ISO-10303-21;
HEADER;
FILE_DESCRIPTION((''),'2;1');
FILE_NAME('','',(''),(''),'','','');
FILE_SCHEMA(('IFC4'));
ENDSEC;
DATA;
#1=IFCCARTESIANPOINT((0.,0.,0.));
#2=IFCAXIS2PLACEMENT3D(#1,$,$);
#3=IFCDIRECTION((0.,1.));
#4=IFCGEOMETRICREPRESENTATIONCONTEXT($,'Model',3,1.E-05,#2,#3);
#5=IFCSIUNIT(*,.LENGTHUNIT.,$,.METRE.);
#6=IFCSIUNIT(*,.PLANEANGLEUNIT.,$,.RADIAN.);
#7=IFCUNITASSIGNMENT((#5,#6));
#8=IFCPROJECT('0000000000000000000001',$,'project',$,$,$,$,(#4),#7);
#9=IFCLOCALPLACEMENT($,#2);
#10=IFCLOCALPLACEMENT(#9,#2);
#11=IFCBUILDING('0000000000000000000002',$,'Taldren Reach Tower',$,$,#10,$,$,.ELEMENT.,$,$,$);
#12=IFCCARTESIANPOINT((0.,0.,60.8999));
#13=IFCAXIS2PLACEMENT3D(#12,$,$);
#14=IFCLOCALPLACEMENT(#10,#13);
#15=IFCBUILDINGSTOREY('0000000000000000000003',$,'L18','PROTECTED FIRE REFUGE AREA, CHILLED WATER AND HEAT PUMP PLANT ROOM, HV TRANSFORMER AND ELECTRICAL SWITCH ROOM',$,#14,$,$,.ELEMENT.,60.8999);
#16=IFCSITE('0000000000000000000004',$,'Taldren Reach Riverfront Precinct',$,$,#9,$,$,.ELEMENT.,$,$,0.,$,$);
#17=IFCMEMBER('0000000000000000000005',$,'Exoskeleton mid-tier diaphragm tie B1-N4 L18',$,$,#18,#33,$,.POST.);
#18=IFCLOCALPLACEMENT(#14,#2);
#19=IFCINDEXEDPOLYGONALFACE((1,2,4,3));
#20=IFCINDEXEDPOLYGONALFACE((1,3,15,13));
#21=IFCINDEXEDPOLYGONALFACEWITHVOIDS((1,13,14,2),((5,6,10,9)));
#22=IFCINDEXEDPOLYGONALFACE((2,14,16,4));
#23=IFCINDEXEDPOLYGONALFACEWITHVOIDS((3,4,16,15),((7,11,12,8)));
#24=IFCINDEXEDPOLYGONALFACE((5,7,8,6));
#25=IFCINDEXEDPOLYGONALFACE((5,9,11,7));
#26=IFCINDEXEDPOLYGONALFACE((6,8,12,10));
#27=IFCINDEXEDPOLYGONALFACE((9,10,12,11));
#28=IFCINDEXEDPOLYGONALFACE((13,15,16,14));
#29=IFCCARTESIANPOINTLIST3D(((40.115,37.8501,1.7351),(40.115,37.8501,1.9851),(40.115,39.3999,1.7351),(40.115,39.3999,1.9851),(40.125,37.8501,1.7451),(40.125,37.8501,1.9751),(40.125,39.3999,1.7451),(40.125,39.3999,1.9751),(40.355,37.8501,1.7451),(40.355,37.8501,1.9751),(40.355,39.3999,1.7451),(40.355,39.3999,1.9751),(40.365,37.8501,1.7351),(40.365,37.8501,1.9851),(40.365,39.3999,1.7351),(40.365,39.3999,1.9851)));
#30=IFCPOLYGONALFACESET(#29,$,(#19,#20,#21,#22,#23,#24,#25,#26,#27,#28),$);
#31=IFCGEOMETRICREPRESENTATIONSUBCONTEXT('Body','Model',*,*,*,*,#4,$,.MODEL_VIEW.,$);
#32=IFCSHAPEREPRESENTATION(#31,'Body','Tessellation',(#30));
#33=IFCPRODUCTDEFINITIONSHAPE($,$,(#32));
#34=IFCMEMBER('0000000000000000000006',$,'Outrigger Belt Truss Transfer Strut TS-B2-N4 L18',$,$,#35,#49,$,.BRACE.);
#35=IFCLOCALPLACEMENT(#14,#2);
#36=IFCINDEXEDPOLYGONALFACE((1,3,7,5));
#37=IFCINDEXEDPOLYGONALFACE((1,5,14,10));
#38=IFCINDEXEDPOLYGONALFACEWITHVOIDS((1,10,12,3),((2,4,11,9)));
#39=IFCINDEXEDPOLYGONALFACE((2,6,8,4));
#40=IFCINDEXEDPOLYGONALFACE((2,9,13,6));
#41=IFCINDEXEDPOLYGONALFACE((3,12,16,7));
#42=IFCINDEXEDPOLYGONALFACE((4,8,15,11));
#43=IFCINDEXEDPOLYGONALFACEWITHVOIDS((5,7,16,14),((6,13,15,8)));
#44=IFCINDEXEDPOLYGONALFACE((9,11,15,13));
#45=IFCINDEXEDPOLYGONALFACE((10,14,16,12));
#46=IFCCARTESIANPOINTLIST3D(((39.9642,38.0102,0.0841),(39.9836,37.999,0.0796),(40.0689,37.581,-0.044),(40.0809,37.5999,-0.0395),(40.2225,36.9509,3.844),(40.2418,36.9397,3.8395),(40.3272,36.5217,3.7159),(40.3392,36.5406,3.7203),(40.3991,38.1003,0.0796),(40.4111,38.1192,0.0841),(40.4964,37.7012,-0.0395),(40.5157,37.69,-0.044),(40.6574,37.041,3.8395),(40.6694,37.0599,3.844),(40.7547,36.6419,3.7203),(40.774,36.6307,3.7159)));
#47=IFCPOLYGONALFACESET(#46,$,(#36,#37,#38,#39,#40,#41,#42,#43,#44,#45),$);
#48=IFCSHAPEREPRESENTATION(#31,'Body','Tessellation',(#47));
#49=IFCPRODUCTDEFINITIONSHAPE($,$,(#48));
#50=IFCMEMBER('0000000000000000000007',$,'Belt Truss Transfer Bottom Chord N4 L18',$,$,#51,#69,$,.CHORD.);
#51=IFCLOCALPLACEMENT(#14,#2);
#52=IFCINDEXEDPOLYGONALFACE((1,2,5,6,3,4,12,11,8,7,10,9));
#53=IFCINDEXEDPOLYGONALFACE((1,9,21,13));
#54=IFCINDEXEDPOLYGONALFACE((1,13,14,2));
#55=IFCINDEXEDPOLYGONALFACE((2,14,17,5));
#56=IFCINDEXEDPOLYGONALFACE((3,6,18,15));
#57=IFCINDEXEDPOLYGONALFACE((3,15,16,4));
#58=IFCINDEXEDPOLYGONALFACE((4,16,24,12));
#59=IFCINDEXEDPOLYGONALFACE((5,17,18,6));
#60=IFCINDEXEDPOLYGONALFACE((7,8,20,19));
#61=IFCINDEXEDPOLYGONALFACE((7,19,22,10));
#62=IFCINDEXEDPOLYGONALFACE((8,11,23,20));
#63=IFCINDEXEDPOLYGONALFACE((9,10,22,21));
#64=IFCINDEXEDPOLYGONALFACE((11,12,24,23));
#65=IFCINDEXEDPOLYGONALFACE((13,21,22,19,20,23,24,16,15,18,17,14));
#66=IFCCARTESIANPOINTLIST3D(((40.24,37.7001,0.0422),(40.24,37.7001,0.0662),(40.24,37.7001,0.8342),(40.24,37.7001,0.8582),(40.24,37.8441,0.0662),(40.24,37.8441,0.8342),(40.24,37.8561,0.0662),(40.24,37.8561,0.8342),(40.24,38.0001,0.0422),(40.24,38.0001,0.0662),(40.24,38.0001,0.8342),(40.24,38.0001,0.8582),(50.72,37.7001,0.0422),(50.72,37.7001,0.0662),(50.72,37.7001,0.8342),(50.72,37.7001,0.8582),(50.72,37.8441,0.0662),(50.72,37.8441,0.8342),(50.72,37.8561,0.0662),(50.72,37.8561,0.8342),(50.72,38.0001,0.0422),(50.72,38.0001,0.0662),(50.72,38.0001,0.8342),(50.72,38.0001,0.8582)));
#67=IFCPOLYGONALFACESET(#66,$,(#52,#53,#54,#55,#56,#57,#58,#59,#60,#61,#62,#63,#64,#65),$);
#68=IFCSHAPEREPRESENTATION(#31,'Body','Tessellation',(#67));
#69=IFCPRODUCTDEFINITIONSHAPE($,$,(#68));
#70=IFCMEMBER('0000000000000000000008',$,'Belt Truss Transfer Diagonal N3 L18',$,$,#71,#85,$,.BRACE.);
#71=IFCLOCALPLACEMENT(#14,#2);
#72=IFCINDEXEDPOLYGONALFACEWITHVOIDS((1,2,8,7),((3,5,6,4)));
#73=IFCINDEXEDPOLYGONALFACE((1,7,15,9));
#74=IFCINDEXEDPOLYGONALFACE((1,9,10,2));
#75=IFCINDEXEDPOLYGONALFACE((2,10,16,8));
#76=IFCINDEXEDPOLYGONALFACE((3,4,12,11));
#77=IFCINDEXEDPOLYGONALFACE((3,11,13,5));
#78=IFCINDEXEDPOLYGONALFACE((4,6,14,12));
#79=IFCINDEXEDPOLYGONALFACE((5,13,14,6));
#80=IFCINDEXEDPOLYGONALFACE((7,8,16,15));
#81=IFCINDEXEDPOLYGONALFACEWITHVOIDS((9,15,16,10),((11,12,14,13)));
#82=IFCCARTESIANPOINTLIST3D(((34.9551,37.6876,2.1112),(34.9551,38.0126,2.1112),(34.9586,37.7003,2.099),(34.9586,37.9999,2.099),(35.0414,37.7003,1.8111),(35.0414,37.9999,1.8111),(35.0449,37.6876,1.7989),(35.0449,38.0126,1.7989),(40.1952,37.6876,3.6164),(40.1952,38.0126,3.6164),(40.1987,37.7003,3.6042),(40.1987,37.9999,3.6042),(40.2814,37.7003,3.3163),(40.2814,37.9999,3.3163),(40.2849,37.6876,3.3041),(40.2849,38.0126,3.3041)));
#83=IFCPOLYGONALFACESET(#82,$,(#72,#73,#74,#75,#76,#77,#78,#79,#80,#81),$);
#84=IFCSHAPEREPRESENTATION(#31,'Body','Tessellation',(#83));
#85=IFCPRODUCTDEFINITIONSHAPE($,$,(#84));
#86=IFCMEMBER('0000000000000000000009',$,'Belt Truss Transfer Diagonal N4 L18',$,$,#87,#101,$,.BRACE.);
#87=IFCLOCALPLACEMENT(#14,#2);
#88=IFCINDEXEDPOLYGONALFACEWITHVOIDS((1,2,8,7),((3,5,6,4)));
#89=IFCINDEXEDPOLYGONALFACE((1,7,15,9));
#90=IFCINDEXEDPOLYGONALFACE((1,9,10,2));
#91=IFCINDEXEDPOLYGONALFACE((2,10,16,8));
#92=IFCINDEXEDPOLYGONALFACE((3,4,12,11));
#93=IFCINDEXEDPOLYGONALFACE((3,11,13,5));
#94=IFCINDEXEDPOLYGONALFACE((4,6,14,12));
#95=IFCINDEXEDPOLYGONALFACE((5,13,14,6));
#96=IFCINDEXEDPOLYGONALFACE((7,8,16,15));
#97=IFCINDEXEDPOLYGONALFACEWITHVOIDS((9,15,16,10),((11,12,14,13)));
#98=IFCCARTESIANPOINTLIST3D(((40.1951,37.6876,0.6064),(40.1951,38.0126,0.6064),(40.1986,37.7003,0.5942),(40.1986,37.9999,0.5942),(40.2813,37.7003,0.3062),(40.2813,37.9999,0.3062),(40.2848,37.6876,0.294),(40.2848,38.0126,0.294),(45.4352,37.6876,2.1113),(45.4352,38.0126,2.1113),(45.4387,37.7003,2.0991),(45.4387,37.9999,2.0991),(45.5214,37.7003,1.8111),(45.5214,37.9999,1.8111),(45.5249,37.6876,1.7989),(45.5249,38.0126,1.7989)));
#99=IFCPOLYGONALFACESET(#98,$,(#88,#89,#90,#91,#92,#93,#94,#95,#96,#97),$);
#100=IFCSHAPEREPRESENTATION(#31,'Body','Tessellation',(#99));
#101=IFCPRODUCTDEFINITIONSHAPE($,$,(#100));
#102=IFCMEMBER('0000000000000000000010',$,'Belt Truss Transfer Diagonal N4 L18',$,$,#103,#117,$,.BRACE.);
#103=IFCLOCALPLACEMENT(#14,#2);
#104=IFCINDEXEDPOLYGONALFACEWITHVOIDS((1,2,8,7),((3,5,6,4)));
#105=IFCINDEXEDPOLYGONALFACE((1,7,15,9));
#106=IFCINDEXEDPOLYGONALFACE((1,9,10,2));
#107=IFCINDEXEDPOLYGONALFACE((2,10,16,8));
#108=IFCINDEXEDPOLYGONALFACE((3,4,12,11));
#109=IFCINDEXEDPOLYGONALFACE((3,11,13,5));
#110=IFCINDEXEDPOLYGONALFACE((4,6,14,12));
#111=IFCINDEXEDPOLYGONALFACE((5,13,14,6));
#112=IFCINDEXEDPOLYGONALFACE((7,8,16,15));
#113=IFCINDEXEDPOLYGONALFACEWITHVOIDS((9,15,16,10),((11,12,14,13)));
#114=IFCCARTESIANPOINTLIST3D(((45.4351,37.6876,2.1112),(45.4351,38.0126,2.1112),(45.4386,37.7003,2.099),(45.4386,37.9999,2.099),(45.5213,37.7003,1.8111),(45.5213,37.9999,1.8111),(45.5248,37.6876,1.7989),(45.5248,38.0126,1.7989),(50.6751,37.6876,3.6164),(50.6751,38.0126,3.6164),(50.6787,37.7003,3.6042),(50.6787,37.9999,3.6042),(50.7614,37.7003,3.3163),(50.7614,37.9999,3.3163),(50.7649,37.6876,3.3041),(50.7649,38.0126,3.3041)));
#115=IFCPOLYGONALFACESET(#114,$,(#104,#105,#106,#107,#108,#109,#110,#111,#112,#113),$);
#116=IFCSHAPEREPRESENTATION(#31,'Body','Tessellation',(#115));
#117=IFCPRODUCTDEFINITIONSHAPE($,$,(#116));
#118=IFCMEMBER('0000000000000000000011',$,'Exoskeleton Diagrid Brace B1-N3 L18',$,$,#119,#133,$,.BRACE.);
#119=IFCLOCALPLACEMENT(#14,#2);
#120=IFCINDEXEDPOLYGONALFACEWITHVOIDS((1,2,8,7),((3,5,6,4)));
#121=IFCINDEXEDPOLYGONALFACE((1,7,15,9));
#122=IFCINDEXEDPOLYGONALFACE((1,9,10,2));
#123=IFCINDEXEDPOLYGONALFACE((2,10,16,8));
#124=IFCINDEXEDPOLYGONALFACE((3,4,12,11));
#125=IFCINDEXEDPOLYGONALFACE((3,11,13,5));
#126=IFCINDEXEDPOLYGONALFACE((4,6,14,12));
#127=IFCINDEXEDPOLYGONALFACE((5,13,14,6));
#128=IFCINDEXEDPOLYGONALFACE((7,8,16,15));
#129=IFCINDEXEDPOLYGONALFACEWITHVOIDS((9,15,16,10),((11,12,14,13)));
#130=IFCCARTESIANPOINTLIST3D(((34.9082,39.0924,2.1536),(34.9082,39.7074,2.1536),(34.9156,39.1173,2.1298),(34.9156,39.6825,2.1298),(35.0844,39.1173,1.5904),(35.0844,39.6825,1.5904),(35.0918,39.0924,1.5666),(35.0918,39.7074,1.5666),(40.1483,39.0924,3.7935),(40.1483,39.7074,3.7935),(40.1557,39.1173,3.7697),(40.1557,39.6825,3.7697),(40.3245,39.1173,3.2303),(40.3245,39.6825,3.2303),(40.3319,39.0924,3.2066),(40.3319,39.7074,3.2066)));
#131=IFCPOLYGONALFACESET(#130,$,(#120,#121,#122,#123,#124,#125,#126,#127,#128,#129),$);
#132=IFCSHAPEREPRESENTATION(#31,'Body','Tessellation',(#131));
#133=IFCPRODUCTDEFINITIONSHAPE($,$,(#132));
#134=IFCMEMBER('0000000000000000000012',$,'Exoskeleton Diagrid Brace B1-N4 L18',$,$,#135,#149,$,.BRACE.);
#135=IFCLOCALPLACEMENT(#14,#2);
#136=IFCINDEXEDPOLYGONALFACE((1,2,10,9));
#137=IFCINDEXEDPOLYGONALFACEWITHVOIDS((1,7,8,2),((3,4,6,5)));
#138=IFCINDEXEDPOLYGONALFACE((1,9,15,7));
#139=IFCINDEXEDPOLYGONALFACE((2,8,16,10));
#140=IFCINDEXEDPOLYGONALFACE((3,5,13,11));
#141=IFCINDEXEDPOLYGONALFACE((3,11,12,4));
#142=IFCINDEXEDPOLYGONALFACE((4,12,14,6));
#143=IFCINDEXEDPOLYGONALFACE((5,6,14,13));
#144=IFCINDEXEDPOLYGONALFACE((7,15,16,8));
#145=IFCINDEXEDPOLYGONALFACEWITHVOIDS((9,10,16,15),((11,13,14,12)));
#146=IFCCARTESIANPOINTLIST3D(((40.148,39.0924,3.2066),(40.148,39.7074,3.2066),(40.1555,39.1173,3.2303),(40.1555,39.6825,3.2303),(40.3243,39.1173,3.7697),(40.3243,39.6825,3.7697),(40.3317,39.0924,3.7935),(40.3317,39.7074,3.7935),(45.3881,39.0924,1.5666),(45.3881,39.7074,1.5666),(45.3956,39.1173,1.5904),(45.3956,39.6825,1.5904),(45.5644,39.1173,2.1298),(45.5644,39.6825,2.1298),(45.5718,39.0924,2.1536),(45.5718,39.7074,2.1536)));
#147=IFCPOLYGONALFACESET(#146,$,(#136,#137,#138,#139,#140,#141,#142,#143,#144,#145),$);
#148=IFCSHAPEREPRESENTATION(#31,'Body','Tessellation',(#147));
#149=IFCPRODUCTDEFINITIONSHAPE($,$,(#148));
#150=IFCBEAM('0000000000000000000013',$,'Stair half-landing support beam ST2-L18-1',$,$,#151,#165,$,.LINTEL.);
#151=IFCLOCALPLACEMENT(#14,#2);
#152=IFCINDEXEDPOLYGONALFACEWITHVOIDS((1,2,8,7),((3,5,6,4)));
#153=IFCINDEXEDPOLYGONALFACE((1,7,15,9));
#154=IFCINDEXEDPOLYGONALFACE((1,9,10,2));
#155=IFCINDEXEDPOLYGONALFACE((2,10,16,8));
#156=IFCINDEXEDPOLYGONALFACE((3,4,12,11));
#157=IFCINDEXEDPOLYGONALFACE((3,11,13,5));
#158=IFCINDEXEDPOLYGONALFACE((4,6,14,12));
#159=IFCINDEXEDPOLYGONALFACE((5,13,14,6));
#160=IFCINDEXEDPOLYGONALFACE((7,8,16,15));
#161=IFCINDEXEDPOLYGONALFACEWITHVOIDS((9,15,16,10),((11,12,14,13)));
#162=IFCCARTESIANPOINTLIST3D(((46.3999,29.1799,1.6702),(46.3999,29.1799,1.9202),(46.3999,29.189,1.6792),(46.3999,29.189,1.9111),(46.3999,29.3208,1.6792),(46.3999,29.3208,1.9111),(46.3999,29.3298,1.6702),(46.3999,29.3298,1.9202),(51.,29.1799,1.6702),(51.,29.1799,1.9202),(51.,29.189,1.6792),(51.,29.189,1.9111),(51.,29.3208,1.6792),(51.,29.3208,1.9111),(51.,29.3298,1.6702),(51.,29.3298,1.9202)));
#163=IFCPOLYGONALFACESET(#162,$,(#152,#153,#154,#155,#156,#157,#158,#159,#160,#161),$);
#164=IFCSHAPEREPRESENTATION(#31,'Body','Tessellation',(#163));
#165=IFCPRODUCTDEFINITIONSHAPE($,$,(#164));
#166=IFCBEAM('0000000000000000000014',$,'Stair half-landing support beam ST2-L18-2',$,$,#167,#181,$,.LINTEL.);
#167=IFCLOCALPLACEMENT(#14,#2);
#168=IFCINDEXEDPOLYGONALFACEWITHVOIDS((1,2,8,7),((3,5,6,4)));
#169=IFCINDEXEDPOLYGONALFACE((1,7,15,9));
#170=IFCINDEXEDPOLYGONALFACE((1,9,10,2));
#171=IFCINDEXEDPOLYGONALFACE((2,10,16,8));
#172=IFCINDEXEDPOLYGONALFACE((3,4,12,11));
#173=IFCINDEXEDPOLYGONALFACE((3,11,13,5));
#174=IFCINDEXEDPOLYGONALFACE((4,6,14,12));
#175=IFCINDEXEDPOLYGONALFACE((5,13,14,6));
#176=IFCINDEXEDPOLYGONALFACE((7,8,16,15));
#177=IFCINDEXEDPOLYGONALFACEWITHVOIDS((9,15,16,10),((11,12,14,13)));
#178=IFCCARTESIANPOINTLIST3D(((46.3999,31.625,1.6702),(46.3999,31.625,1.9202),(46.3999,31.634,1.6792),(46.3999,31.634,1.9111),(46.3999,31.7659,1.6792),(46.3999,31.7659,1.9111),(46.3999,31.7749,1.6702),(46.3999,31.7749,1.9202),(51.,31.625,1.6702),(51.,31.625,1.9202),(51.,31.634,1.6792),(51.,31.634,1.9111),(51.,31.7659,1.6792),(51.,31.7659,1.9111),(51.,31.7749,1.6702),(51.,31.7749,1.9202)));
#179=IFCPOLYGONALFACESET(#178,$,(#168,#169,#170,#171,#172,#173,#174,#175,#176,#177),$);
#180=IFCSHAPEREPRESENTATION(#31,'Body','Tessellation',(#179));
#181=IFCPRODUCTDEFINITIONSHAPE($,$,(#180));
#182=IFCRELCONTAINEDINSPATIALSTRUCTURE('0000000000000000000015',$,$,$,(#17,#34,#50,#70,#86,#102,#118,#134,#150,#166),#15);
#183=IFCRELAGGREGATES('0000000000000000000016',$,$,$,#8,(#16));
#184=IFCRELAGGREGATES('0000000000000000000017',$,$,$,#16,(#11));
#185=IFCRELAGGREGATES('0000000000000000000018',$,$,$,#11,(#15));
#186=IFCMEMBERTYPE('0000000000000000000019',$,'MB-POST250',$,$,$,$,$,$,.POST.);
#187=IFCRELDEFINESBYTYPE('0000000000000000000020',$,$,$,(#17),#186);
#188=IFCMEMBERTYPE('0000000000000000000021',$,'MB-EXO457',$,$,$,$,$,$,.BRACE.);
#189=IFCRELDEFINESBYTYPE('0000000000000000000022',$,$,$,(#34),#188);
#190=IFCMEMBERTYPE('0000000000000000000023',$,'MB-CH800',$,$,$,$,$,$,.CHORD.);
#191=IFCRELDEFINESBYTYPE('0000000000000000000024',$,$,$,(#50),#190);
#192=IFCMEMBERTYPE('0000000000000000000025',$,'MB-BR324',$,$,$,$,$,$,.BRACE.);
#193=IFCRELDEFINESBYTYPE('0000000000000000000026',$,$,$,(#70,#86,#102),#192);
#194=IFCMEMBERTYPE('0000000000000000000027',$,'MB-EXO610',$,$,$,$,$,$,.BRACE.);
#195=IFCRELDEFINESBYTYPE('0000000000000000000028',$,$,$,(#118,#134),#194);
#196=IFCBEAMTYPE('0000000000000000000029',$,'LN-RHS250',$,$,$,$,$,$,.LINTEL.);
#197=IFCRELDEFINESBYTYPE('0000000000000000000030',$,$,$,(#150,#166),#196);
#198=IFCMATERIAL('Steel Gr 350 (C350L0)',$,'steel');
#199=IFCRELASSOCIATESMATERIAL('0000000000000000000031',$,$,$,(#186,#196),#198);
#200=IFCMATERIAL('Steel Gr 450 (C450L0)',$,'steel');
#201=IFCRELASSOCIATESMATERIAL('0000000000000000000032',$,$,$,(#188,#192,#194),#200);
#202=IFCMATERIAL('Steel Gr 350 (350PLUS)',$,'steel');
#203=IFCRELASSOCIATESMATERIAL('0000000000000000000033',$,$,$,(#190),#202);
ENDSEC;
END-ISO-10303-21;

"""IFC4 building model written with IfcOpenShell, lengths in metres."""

from ifc_helpers import new_model, si_unit, direction, frame, origin, origin_2d, place, context, subcontext, project, spatial, hollow_rectangle, i_section, extrude, source, transform, mapped, material, material_profile, profile_set, type_object, element, save


model = new_model("IFC4")

# Units and contexts
model_context = context("Model", 3, precision=1e-05, world=origin(), true_north=direction((0.0, 1.0)))
body_context = subcontext(model_context, "Body", "Model", "MODEL_VIEW")
ifc_project = project(units=[si_unit("LENGTHUNIT", "METRE"), si_unit("PLANEANGLEUNIT", "RADIAN")], contexts=[model_context])

# Site, building, storey
site_placement = place(None, origin())
site = spatial("IfcSite", under=ifc_project, at=site_placement, Name="Taldren Reach Riverfront Precinct", CompositionType="ELEMENT", RefElevation=0.0)
building_placement = place(site_placement, origin())
building = spatial("IfcBuilding", under=site, at=building_placement, Name="Taldren Reach Tower", CompositionType="ELEMENT")
storey_placement = place(building_placement, frame((0.0, 0.0, 60.8999)))
storey = spatial("IfcBuildingStorey", under=building, at=storey_placement, Name="L18", Description="PROTECTED FIRE REFUGE AREA, CHILLED WATER AND HEAT PUMP PLANT ROOM, HV TRANSFORMER AND ELECTRICAL SWITCH ROOM", CompositionType="ELEMENT", Elevation=60.8999)

# Shared definitions
ifc_material_1 = material(Name="Steel Gr 350 (350PLUS)", Category="steel")

# Members
ifc_material_2 = material(Name="Steel Gr 450 (C450L0)", Category="steel")
ifc_material_3 = material(Name="Steel Gr 350 (C350L0)", Category="steel")
ifc_material_profile_1 = material_profile(ifc_material_3, hollow_rectangle(XDim=0.25, YDim=0.25, WallThickness=0.01, at=origin_2d()), Name="250x250x10.0SHS")
ifc_profile_set_1 = profile_set([ifc_material_profile_1], Name="Steel Gr 350 (C350L0)")
member_type_1 = type_object("IfcMemberType", Name="MB-POST250", PredefinedType="POST", material=ifc_profile_set_1)
shared_shape_1 = source(origin(), body_context, "Body", "SweptSolid", [
    extrude(hollow_rectangle(XDim=0.25, YDim=0.25, WallThickness=0.01, at=origin_2d()), origin(), (0.0, 0.0, 1.0), 1.5498),
])
for number, where, z_axis, x_axis, name in (
    (1, (40.24, 37.8501, 1.8601), (0.0, 1.0, 0.0), (-1.0, 0.0, 0.0), "Exoskeleton mid-tier diaphragm tie B1-N4 L18"),
):
    element("IfcMember", number, at=place(storey_placement, frame(where, z_axis=z_axis, x_axis=x_axis)), inside=storey, type_object=member_type_1, Name=name, PredefinedType="POST", context=body_context, shape_type="MappedRepresentation", body=[
        mapped(shared_shape_1, transform((0.0, 0.0, 0.0), scale=1.0)),
    ])
ifc_material_profile_2 = material_profile(ifc_material_2, hollow_rectangle(XDim=0.46, YDim=0.46, WallThickness=0.0161, at=origin_2d()), Name="460x460x16.0SHS")
ifc_profile_set_2 = profile_set([ifc_material_profile_2], Name="Steel Gr 450 (C450L0)")
member_type_2 = type_object("IfcMemberType", Name="MB-EXO457", PredefinedType="BRACE", material=ifc_profile_set_2)
shared_shape_2 = source(origin(), body_context, "Body", "SweptSolid", [
    extrude(hollow_rectangle(XDim=0.46, YDim=0.46, WallThickness=0.0161, at=origin_2d()), origin(), (0.0, 0.0, 1.0), 3.9148),
])
member_1_placement = place(storey_placement, frame((40.24, 37.8501, 0.02), z_axis=(0.065979, -0.270587, 0.960432), x_axis=(0.971535, 0.236894, 0.0)))
element("IfcMember", 2, at=member_1_placement, inside=storey, type_object=member_type_2, Name="Outrigger Belt Truss Transfer Strut TS-B2-N4 L18", PredefinedType="BRACE", context=body_context, shape_type="MappedRepresentation", body=[
    mapped(shared_shape_2, transform((0.0, 0.0, 0.0), scale=1.0)),
])
ifc_material_profile_3 = material_profile(ifc_material_1, i_section(OverallWidth=0.3, OverallDepth=0.8159, WebThickness=0.012, FlangeThickness=0.0239, at=origin_2d()), Name="800WB192")
ifc_profile_set_3 = profile_set([ifc_material_profile_3], Name="Steel Gr 350 (350PLUS)")
member_type_3 = type_object("IfcMemberType", Name="MB-CH800", PredefinedType="CHORD", material=ifc_profile_set_3)
shared_shape_3 = source(origin(), body_context, "Body", "SweptSolid", [
    extrude(i_section(OverallWidth=0.3, OverallDepth=0.8159, WebThickness=0.012, FlangeThickness=0.0239, at=origin_2d()), origin(), (0.0, 0.0, 1.0), 10.48),
])
member_2_placement = place(storey_placement, frame((40.24, 37.8501, 0.4502), z_axis=(1.0, 0.0, 0.0), x_axis=(0.0, 1.0, 0.0)))
element("IfcMember", 3, at=member_2_placement, inside=storey, type_object=member_type_3, Name="Belt Truss Transfer Bottom Chord N4 L18", PredefinedType="CHORD", context=body_context, shape_type="MappedRepresentation", body=[
    mapped(shared_shape_3, transform((0.0, 0.0, 0.0), scale=1.0)),
])
ifc_material_profile_4 = material_profile(ifc_material_2, hollow_rectangle(XDim=0.325, YDim=0.325, WallThickness=0.0127, at=origin_2d()), Name="325x325x12.7SHS")
ifc_profile_set_4 = profile_set([ifc_material_profile_4], Name="Steel Gr 450 (C450L0)")
member_type_4 = type_object("IfcMemberType", Name="MB-BR324", PredefinedType="BRACE", material=ifc_profile_set_4)
shared_shape_4 = source(origin(), body_context, "Body", "SweptSolid", [
    extrude(hollow_rectangle(XDim=0.325, YDim=0.325, WallThickness=0.0127, at=origin_2d()), origin(), (0.0, 0.0, 1.0), 5.4519),
])
for number, where, z_axis, x_axis, name in (
    (4, (35.0, 37.8501, 1.9551), (0.961136, 0.0, 0.276075), (0.0, 1.0, 0.0), "Belt Truss Transfer Diagonal N3 L18"),
    (5, (40.24, 37.8501, 0.4502), (0.961148, 0.0, 0.276034), (0.0, 1.0, 0.0), "Belt Truss Transfer Diagonal N4 L18"),
    (6, (45.48, 37.8501, 1.9551), (0.961136, 0.0, 0.276075), (0.0, 1.0, 0.0), "Belt Truss Transfer Diagonal N4 L18"),
):
    element("IfcMember", number, at=place(storey_placement, frame(where, z_axis=z_axis, x_axis=x_axis)), inside=storey, type_object=member_type_4, Name=name, PredefinedType="BRACE", context=body_context, shape_type="MappedRepresentation", body=[
        mapped(shared_shape_4, transform((0.0, 0.0, 0.0), scale=1.0)),
    ])
ifc_material_profile_5 = material_profile(ifc_material_2, hollow_rectangle(XDim=0.615, YDim=0.615, WallThickness=0.0249, at=origin_2d()), Name="615x615x25.0SHS")
ifc_profile_set_5 = profile_set([ifc_material_profile_5], Name="Steel Gr 450 (C450L0)")
member_type_5 = type_object("IfcMemberType", Name="MB-EXO610", PredefinedType="BRACE", material=ifc_profile_set_5)
shared_shape_5 = source(origin(), body_context, "Body", "SweptSolid", [
    extrude(hollow_rectangle(XDim=0.615, YDim=0.615, WallThickness=0.0249, at=origin_2d()), origin(), (0.0, 0.0, 1.0), 5.4907),
])
for number, where, z_axis, x_axis, name in (
    (7, (35.0, 39.3999, 1.8601), (0.954356, 0.0, 0.298672), (0.0, 1.0, 0.0), "Exoskeleton Diagrid Brace B1-N3 L18"),
    (8, (45.48, 39.3999, 1.8601), (-0.954356, 0.0, 0.298672), (0.0, -1.0, 0.0), "Exoskeleton Diagrid Brace B1-N4 L18"),
):
    element("IfcMember", number, at=place(storey_placement, frame(where, z_axis=z_axis, x_axis=x_axis)), inside=storey, type_object=member_type_5, Name=name, PredefinedType="BRACE", context=body_context, shape_type="MappedRepresentation", body=[
        mapped(shared_shape_5, transform((0.0, 0.0, 0.0), scale=1.0)),
    ])

# Beams
ifc_material_profile_6 = material_profile(ifc_material_3, hollow_rectangle(XDim=0.1499, YDim=0.25, WallThickness=0.009, at=origin_2d()), Name="250x150x9.0RHS")
ifc_profile_set_6 = profile_set([ifc_material_profile_6], Name="Steel Gr 350 (C350L0)")
beam_type_1 = type_object("IfcBeamType", Name="LN-RHS250", PredefinedType="LINTEL", material=ifc_profile_set_6)
shared_shape_6 = source(origin(), body_context, "Body", "SweptSolid", [
    extrude(hollow_rectangle(XDim=0.1499, YDim=0.25, WallThickness=0.009, at=origin_2d()), origin(), (0.0, 0.0, 1.0), 4.6001),
])
for number, where, z_axis, x_axis, name in (
    (9, (46.3999, 29.2549, 1.7952), (1.0, 0.0, 0.0), (0.0, 1.0, 0.0), "Stair half-landing support beam ST2-L18-1"),
    (10, (46.3999, 31.7, 1.7952), (1.0, 0.0, 0.0), (0.0, 1.0, 0.0), "Stair half-landing support beam ST2-L18-2"),
):
    element("IfcBeam", number, at=place(storey_placement, frame(where, z_axis=z_axis, x_axis=x_axis)), inside=storey, type_object=beam_type_1, Name=name, PredefinedType="LINTEL", context=body_context, shape_type="MappedRepresentation", body=[
        mapped(shared_shape_6, transform((0.0, 0.0, 0.0), scale=1.0)),
    ])

save(model, "model.ifc")
